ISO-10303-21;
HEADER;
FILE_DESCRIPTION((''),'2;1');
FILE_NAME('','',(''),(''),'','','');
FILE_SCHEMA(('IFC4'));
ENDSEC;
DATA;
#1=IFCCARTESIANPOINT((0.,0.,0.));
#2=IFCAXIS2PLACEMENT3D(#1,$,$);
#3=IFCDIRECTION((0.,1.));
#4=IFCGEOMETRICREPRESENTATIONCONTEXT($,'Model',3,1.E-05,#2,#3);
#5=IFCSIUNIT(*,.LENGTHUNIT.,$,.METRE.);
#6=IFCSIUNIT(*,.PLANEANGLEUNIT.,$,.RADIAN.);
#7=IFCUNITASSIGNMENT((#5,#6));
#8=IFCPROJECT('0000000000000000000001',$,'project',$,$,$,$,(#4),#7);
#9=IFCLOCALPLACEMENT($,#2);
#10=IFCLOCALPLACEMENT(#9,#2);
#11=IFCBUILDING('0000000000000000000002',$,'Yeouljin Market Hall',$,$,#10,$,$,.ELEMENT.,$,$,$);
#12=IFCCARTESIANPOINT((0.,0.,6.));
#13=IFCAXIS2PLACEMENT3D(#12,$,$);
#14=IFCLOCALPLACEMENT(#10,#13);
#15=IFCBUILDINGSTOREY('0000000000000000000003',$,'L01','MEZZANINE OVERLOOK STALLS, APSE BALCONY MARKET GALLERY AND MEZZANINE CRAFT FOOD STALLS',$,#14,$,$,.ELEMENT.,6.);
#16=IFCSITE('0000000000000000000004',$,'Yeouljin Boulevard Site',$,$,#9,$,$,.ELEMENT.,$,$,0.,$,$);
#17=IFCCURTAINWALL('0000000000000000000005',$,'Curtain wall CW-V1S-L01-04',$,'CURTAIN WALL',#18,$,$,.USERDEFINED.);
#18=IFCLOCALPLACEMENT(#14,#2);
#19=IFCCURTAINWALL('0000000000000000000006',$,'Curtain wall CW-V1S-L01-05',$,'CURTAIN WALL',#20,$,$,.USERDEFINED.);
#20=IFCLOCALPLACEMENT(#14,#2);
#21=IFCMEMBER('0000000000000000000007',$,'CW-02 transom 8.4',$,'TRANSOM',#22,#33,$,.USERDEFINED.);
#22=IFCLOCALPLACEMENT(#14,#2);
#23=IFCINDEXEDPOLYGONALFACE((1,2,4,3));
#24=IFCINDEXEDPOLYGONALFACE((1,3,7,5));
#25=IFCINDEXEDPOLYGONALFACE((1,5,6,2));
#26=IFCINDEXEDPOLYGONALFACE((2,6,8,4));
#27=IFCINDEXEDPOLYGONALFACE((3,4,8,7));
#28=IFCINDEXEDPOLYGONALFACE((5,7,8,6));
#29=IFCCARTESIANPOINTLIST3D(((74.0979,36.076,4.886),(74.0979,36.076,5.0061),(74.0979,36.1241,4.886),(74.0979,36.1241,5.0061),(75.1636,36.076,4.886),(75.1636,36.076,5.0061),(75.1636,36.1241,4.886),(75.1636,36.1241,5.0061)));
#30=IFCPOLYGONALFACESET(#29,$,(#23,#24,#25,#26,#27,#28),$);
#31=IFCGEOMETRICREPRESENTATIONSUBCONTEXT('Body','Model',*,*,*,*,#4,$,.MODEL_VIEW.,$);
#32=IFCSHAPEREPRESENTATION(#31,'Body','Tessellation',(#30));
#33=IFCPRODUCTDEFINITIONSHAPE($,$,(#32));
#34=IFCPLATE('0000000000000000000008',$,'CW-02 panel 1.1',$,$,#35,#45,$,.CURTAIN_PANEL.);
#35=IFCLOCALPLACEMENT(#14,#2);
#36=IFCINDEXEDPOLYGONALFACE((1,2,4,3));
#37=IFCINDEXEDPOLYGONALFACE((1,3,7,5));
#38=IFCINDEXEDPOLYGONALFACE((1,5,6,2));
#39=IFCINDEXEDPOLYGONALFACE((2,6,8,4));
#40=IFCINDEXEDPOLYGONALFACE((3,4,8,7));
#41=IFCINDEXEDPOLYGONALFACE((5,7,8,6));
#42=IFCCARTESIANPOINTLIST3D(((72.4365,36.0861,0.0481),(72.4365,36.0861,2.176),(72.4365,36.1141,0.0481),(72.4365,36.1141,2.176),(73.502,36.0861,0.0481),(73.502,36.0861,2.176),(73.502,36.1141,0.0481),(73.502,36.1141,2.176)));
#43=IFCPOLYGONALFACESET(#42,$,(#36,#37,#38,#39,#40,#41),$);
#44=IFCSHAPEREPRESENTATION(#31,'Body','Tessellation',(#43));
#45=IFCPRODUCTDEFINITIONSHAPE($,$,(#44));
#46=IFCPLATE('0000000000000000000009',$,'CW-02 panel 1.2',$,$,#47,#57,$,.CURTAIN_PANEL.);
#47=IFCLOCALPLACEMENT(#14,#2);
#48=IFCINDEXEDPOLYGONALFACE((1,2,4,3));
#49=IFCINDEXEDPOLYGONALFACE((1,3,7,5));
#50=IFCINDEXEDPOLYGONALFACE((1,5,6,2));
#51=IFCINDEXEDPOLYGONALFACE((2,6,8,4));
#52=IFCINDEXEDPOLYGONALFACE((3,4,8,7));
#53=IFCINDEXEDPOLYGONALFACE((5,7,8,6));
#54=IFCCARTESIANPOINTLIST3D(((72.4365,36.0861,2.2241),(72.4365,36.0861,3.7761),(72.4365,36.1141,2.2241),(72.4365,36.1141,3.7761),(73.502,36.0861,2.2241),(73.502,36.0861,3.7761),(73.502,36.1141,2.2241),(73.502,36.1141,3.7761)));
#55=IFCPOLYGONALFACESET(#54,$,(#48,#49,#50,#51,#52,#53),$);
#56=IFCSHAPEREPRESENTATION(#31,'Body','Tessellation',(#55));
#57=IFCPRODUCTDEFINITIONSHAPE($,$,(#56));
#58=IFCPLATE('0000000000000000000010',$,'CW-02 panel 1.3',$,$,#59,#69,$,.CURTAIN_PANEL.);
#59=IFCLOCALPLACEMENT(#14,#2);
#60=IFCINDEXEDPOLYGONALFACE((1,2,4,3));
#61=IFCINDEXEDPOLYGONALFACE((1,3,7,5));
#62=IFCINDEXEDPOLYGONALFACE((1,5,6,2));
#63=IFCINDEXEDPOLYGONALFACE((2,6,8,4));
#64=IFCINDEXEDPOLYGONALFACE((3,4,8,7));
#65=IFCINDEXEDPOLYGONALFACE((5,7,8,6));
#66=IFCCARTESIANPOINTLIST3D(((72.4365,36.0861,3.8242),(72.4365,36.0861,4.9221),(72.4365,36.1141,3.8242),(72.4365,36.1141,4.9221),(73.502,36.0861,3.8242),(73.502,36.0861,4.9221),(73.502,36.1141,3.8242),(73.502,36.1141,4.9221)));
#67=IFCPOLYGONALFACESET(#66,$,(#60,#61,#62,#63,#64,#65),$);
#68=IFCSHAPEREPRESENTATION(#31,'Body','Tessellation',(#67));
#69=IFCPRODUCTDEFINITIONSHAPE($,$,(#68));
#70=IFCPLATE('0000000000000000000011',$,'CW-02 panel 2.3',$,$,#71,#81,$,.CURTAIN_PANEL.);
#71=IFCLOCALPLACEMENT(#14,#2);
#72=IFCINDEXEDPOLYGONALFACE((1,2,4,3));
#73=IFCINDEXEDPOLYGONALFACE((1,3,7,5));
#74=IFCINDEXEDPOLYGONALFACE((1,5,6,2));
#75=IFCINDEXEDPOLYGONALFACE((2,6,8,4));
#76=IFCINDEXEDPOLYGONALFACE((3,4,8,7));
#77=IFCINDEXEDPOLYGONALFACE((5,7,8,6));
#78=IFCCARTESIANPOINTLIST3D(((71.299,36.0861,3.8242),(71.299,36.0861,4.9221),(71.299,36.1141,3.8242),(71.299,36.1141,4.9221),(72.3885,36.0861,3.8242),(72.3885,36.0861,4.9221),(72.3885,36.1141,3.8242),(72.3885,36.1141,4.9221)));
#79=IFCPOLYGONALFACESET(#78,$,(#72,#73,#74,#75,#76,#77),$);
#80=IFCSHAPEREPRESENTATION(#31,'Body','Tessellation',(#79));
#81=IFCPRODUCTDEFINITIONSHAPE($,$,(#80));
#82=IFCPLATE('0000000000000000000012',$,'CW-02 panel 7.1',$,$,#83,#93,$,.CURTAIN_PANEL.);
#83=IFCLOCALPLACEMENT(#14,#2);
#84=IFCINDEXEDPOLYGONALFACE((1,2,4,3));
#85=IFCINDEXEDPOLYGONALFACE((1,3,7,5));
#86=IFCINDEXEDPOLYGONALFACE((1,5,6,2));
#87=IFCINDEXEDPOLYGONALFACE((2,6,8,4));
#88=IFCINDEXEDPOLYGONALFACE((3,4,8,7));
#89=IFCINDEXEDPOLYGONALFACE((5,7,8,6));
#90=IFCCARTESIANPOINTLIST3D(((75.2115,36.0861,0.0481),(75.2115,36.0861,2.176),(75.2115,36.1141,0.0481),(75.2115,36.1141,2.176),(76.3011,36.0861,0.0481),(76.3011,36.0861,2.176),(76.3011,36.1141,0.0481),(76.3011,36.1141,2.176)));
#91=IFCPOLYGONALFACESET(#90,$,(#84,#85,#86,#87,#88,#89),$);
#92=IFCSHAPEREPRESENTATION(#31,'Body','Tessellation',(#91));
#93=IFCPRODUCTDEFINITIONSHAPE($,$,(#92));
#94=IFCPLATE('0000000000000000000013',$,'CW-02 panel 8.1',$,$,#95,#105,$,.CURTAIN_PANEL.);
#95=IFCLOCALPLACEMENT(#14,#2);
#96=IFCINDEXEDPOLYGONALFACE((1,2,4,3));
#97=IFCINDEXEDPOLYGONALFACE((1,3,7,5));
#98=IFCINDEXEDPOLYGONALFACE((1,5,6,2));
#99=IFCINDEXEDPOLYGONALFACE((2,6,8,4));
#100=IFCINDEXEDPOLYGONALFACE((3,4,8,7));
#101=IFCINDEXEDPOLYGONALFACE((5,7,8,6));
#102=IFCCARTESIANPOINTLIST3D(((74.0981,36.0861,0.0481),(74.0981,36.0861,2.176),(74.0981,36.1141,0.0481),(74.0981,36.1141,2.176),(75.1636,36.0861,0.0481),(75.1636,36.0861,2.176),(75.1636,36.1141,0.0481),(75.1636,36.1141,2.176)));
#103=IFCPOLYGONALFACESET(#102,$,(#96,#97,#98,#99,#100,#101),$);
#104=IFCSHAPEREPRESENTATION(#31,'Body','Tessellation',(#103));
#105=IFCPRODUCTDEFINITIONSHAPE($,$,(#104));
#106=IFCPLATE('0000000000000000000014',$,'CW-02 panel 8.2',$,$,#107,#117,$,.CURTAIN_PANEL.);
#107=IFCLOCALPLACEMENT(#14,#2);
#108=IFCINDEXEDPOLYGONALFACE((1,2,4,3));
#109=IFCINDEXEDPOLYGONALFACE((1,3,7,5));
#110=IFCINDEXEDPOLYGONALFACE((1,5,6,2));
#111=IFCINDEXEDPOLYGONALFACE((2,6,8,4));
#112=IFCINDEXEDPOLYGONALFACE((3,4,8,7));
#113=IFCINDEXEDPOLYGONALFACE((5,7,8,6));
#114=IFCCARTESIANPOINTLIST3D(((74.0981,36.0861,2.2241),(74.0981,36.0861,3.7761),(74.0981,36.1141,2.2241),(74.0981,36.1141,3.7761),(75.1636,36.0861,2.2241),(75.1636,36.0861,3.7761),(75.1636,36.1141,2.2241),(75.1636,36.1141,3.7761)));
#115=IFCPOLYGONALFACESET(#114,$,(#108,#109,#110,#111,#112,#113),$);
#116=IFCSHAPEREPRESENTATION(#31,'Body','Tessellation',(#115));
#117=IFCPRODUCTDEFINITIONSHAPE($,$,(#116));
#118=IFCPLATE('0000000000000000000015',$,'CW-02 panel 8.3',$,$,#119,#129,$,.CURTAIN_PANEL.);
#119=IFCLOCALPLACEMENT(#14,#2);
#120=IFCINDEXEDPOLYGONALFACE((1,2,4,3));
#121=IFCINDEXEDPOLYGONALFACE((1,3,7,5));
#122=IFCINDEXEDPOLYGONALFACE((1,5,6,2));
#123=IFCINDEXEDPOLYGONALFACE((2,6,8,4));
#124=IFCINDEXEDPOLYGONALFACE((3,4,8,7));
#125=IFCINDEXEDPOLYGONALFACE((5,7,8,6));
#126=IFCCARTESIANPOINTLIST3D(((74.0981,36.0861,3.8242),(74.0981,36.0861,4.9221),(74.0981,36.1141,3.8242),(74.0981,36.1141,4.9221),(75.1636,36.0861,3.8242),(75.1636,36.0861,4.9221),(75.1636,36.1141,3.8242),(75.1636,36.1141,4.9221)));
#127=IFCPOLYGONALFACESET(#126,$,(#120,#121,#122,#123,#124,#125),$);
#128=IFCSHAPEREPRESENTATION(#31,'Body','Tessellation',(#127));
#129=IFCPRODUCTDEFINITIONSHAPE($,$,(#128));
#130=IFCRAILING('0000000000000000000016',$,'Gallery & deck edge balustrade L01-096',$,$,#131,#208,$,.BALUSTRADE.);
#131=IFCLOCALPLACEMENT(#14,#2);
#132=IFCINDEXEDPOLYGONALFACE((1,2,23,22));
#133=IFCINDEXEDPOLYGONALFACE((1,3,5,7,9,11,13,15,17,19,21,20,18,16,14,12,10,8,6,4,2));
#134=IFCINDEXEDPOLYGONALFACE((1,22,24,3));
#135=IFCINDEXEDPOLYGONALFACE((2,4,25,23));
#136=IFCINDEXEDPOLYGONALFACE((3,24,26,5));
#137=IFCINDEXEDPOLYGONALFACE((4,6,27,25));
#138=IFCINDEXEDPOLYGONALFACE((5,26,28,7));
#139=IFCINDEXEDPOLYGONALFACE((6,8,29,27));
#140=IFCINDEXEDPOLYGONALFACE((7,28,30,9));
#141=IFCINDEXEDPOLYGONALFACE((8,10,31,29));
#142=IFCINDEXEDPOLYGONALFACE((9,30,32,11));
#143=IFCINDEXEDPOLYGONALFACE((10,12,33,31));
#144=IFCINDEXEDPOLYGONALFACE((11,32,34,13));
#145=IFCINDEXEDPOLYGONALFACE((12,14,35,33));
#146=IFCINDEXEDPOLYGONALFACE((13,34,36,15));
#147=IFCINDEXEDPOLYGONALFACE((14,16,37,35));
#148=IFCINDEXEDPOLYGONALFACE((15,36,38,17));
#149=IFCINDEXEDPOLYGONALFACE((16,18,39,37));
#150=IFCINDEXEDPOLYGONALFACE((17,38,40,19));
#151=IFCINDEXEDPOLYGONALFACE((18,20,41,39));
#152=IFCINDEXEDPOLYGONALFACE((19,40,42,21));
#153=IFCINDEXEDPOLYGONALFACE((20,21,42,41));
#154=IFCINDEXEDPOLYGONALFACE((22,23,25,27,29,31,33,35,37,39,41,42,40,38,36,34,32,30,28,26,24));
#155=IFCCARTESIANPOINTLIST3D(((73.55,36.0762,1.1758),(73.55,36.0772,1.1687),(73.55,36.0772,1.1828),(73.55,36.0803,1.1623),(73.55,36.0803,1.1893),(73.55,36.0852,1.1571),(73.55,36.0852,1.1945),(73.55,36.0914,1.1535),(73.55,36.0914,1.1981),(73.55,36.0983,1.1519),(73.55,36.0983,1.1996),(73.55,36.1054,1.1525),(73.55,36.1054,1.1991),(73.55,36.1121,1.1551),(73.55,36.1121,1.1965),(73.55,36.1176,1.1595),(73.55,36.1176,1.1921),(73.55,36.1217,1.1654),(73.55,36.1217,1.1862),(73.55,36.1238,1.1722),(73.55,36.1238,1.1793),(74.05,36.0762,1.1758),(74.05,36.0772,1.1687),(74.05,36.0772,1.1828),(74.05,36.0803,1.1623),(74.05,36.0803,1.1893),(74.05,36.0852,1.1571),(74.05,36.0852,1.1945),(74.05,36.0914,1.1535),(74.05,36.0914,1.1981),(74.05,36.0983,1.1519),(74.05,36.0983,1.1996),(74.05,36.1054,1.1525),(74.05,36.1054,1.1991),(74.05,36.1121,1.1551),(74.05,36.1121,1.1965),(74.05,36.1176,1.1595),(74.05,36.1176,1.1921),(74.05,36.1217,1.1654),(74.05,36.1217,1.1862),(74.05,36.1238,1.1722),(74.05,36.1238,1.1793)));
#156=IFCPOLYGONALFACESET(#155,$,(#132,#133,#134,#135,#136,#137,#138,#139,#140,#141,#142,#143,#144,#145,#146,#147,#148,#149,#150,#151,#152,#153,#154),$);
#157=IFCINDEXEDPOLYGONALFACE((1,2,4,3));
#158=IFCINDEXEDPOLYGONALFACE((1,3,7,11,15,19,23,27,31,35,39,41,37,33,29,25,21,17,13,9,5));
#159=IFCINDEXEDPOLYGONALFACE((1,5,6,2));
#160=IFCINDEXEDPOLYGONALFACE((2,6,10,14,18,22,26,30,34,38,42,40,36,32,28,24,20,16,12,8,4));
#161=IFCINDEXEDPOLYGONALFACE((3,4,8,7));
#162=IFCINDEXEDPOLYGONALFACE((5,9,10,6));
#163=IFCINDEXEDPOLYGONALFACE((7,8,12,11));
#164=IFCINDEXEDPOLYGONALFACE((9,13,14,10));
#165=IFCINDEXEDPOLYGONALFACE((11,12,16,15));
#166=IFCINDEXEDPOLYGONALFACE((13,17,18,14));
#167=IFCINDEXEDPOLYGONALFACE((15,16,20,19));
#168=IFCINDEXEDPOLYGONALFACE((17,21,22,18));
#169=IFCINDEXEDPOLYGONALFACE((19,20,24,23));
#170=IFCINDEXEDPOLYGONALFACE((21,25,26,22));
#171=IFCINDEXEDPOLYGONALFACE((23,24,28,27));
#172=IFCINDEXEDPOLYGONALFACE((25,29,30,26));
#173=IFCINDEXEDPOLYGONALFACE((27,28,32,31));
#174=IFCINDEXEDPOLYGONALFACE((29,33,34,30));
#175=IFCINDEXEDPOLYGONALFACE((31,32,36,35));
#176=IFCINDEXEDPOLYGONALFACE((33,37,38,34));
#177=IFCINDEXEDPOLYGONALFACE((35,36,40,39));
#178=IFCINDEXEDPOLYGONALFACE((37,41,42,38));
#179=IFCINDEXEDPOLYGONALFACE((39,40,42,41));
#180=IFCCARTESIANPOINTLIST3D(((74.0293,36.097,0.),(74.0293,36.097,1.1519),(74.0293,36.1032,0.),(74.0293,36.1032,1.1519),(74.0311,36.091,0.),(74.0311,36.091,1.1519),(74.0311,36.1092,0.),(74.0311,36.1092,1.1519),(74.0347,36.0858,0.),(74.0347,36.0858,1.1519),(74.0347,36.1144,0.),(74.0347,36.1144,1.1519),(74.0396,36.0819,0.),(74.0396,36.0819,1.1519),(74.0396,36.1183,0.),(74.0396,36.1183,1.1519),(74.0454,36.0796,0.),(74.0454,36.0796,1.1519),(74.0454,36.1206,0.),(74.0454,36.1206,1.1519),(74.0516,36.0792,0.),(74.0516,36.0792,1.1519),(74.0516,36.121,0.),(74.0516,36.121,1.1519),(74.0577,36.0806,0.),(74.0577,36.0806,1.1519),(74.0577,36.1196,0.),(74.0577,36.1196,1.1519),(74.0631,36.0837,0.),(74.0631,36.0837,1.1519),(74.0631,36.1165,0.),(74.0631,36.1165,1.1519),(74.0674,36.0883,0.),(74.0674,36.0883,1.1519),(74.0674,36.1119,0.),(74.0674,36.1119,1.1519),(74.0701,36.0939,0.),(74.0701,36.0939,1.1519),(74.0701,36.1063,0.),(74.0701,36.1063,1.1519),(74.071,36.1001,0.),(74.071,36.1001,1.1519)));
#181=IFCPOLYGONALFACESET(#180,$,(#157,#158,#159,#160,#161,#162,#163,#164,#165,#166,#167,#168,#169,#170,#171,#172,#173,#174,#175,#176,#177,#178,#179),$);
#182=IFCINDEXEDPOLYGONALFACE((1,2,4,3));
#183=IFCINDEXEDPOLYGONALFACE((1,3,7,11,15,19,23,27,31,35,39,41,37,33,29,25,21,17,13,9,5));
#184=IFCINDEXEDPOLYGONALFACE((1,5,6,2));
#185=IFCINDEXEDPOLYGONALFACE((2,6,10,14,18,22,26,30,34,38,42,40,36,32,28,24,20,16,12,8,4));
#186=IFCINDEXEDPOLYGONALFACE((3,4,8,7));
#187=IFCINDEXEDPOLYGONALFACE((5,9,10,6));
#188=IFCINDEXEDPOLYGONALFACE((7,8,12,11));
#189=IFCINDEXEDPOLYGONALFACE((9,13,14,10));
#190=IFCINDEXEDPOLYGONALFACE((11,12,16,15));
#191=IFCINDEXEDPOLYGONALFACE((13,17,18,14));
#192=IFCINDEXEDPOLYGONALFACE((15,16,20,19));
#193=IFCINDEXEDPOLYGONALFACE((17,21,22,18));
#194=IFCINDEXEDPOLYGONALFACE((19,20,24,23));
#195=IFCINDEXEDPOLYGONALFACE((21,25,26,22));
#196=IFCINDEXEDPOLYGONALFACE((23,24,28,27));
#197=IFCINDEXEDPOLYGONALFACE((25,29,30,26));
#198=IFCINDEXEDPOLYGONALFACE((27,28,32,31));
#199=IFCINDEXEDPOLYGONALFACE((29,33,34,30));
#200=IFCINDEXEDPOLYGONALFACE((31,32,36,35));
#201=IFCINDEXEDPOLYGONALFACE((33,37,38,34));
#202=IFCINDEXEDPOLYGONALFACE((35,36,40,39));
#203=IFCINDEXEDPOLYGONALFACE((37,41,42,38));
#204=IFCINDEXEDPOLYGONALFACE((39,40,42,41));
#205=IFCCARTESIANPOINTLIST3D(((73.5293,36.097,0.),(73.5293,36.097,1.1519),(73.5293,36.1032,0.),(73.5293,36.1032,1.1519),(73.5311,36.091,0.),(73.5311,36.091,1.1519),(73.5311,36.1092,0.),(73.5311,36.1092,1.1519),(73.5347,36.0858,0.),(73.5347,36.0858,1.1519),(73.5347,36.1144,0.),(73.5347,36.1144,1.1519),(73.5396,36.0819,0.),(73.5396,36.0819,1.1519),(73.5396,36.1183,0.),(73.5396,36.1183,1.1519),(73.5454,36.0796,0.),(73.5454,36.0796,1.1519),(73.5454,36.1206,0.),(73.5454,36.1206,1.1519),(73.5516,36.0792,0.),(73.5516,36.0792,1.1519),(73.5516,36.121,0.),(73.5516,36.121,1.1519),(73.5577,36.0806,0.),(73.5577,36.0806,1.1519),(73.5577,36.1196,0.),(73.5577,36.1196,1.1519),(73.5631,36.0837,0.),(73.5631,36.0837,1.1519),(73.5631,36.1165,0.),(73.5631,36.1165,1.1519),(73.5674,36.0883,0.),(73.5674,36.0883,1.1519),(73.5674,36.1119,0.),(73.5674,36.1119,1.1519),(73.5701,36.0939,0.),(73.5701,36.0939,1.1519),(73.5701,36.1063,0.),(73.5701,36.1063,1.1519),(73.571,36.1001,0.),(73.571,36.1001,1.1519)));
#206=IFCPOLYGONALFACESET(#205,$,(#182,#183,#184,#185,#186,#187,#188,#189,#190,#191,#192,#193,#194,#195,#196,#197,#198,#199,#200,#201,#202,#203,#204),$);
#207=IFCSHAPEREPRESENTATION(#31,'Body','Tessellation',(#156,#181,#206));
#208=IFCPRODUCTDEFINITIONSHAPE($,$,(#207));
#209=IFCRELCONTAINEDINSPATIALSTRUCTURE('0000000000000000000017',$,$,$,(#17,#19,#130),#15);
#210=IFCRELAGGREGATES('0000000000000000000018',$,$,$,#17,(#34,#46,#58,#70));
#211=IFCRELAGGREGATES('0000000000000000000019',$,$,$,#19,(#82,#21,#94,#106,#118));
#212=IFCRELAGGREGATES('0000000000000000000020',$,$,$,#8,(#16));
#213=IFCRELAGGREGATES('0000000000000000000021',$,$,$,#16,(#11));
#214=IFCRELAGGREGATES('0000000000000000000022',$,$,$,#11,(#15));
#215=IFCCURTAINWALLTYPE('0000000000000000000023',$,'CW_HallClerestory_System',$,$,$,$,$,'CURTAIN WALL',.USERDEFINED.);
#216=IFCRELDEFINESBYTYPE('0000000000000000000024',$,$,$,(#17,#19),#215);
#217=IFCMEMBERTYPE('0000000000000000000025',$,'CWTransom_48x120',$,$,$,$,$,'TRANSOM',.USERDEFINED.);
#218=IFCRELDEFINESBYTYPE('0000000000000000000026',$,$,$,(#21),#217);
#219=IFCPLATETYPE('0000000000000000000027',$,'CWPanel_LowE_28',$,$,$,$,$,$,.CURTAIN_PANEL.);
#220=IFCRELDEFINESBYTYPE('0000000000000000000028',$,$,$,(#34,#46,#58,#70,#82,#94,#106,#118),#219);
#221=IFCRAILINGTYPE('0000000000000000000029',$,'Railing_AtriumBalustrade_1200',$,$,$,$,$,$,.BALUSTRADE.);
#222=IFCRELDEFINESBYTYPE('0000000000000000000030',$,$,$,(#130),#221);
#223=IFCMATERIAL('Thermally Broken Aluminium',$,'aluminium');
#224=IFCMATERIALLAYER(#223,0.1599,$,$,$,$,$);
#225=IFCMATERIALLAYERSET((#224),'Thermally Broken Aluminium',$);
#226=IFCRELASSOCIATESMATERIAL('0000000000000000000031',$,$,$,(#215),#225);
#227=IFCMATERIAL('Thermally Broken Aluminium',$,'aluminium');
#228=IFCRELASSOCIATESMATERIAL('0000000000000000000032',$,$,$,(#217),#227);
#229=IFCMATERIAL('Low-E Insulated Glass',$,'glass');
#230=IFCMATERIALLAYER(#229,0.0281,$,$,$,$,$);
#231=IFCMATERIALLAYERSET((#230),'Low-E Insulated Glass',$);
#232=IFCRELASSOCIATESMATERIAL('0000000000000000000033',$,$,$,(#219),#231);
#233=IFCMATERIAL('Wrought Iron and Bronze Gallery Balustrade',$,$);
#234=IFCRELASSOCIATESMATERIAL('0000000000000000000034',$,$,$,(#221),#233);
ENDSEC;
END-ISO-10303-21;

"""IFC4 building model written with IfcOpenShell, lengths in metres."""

from ifc_helpers import new_model, si_unit, direction, frame, origin, origin_2d, place, context, subcontext, project, spatial, rectangle, circle, extrude, material, layer, layer_set, material_profile, profile_set, type_object, element, aggregate, save


model = new_model("IFC4")

# Units and contexts
model_context = context("Model", 3, precision=1e-05, world=origin(), true_north=direction((0.0, 1.0)))
body_context = subcontext(model_context, "Body", "Model", "MODEL_VIEW")
ifc_project = project(units=[si_unit("LENGTHUNIT", "METRE"), si_unit("PLANEANGLEUNIT", "RADIAN")], contexts=[model_context])

# Site, building, storey
site_placement = place(None, origin())
site = spatial("IfcSite", under=ifc_project, at=site_placement, Name="Yeouljin Boulevard Site", CompositionType="ELEMENT", RefElevation=0.0)
building_placement = place(site_placement, origin())
building = spatial("IfcBuilding", under=site, at=building_placement, Name="Yeouljin Market Hall", CompositionType="ELEMENT")
storey_placement = place(building_placement, frame((0.0, 0.0, 6.0)))
storey = spatial("IfcBuildingStorey", under=building, at=storey_placement, Name="L01", Description="MEZZANINE OVERLOOK STALLS, APSE BALCONY MARKET GALLERY AND MEZZANINE CRAFT FOOD STALLS", CompositionType="ELEMENT", Elevation=6.0)

# Curtain walls
ifc_material_1 = material(Name="Thermally Broken Aluminium", Category="aluminium")
ifc_layer_1 = layer(ifc_material_1, 0.1599)
ifc_layer_set_1 = layer_set([ifc_layer_1], Name="Thermally Broken Aluminium")
curtain_wall_type = type_object("IfcCurtainWallType", Name="CW_HallClerestory_System", ElementType="CURTAIN WALL", PredefinedType="USERDEFINED", material=ifc_layer_set_1)
curtain_wall_1_placement = place(storey_placement, origin())
curtain_wall_1 = element("IfcCurtainWall", 1, at=curtain_wall_1_placement, inside=storey, type_object=curtain_wall_type, Name="Curtain wall CW-V1S-L01-04", ObjectType="CURTAIN WALL", PredefinedType="USERDEFINED")
curtain_wall_2_placement = place(storey_placement, origin())
curtain_wall_2 = element("IfcCurtainWall", 2, at=curtain_wall_2_placement, inside=storey, type_object=curtain_wall_type, Name="Curtain wall CW-V1S-L01-05", ObjectType="CURTAIN WALL", PredefinedType="USERDEFINED")

# Member
ifc_material_2 = material(Name="Thermally Broken Aluminium", Category="aluminium")
ifc_material_profile_1 = material_profile(ifc_material_2, rectangle(XDim=0.0481, YDim=0.1201, at=origin_2d()), Name="CW-TRAN-48x120")
ifc_profile_set_1 = profile_set([ifc_material_profile_1], Name="Thermally Broken Aluminium")
member_type_1 = type_object("IfcMemberType", Name="CWTransom_48x120", ElementType="TRANSOM", PredefinedType="USERDEFINED", material=ifc_profile_set_1)
member_1_placement = place(storey_placement, frame((75.1636, 36.1001, 4.946), z_axis=(-1.0, 0.0, 0.0), x_axis=(0.0, -1.0, 0.0)))
member_1 = element("IfcMember", 3, at=member_1_placement, type_object=member_type_1, Name="CW-02 transom 8.4", ObjectType="TRANSOM", PredefinedType="USERDEFINED", context=body_context, shape_type="SweptSolid", body=[
    extrude(rectangle(XDim=0.0481, YDim=0.1201, at=origin_2d()), origin(), (0.0, 0.0, 1.0), 1.0657),
])

# Plates
ifc_material_3 = material(Name="Low-E Insulated Glass", Category="glass")
ifc_layer_2 = layer(ifc_material_3, 0.0281)
ifc_layer_set_2 = layer_set([ifc_layer_2], Name="Low-E Insulated Glass")
plate_type = type_object("IfcPlateType", Name="CWPanel_LowE_28", PredefinedType="CURTAIN_PANEL", material=ifc_layer_set_2)
plate_1_placement = place(storey_placement, frame((72.9692, 36.1001, 0.0481), z_axis=(0.0, 0.0, 1.0), x_axis=(-1.0, 0.0, 0.0)))
plate_1 = element("IfcPlate", 4, at=plate_1_placement, type_object=plate_type, Name="CW-02 panel 1.1", PredefinedType="CURTAIN_PANEL", context=body_context, shape_type="SweptSolid", body=[
    extrude(rectangle(XDim=1.0654, YDim=0.0281, at=origin_2d()), origin(), (0.0, 0.0, 1.0), 2.1279),
])
plate_2_placement = place(storey_placement, frame((72.9692, 36.1001, 2.2241), z_axis=(0.0, 0.0, 1.0), x_axis=(-1.0, 0.0, 0.0)))
plate_2 = element("IfcPlate", 5, at=plate_2_placement, type_object=plate_type, Name="CW-02 panel 1.2", PredefinedType="CURTAIN_PANEL", context=body_context, shape_type="SweptSolid", body=[
    extrude(rectangle(XDim=1.0654, YDim=0.0281, at=origin_2d()), origin(), (0.0, 0.0, 1.0), 1.552),
])
plate_3_placement = place(storey_placement, frame((72.9692, 36.1001, 3.8242), z_axis=(0.0, 0.0, 1.0), x_axis=(-1.0, 0.0, 0.0)))
plate_3 = element("IfcPlate", 6, at=plate_3_placement, type_object=plate_type, Name="CW-02 panel 1.3", PredefinedType="CURTAIN_PANEL", context=body_context, shape_type="SweptSolid", body=[
    extrude(rectangle(XDim=1.0654, YDim=0.0281, at=origin_2d()), origin(), (0.0, 0.0, 1.0), 1.0979),
])
plate_4_placement = place(storey_placement, frame((71.8438, 36.1001, 3.8242), z_axis=(0.0, 0.0, 1.0), x_axis=(-1.0, 0.0, 0.0)))
plate_4 = element("IfcPlate", 7, at=plate_4_placement, type_object=plate_type, Name="CW-02 panel 2.3", PredefinedType="CURTAIN_PANEL", context=body_context, shape_type="SweptSolid", body=[
    extrude(rectangle(XDim=1.0896, YDim=0.0281, at=origin_2d()), origin(), (0.0, 0.0, 1.0), 1.0979),
])
aggregate(curtain_wall_1, [plate_1, plate_2, plate_3, plate_4])
plate_5_placement = place(storey_placement, frame((75.7563, 36.1001, 0.0481), z_axis=(0.0, 0.0, 1.0), x_axis=(-1.0, 0.0, 0.0)))
plate_5 = element("IfcPlate", 8, at=plate_5_placement, type_object=plate_type, Name="CW-02 panel 7.1", PredefinedType="CURTAIN_PANEL", context=body_context, shape_type="SweptSolid", body=[
    extrude(rectangle(XDim=1.0896, YDim=0.0281, at=origin_2d()), origin(), (0.0, 0.0, 1.0), 2.1279),
])
plate_6_placement = place(storey_placement, frame((74.6309, 36.1001, 0.0481), z_axis=(0.0, 0.0, 1.0), x_axis=(-1.0, 0.0, 0.0)))
plate_6 = element("IfcPlate", 9, at=plate_6_placement, type_object=plate_type, Name="CW-02 panel 8.1", PredefinedType="CURTAIN_PANEL", context=body_context, shape_type="SweptSolid", body=[
    extrude(rectangle(XDim=1.0654, YDim=0.0281, at=origin_2d()), origin(), (0.0, 0.0, 1.0), 2.1279),
])
plate_7_placement = place(storey_placement, frame((74.6309, 36.1001, 2.2241), z_axis=(0.0, 0.0, 1.0), x_axis=(-1.0, 0.0, 0.0)))
plate_7 = element("IfcPlate", 10, at=plate_7_placement, type_object=plate_type, Name="CW-02 panel 8.2", PredefinedType="CURTAIN_PANEL", context=body_context, shape_type="SweptSolid", body=[
    extrude(rectangle(XDim=1.0654, YDim=0.0281, at=origin_2d()), origin(), (0.0, 0.0, 1.0), 1.552),
])
plate_8_placement = place(storey_placement, frame((74.6309, 36.1001, 3.8242), z_axis=(0.0, 0.0, 1.0), x_axis=(-1.0, 0.0, 0.0)))
plate_8 = element("IfcPlate", 11, at=plate_8_placement, type_object=plate_type, Name="CW-02 panel 8.3", PredefinedType="CURTAIN_PANEL", context=body_context, shape_type="SweptSolid", body=[
    extrude(rectangle(XDim=1.0654, YDim=0.0281, at=origin_2d()), origin(), (0.0, 0.0, 1.0), 1.0979),
])
aggregate(curtain_wall_2, [plate_5, member_1, plate_6, plate_7, plate_8])

# Railing
ifc_material_4 = material(Name="Wrought Iron and Bronze Gallery Balustrade")
railing_type = type_object("IfcRailingType", Name="Railing_AtriumBalustrade_1200", PredefinedType="BALUSTRADE", material=ifc_material_4)
railing_placement = place(storey_placement, frame((74.05, 36.1001, 0.0)))
element("IfcRailing", 12, at=railing_placement, inside=storey, type_object=railing_type, Name="Gallery & deck edge balustrade L01-096", PredefinedType="BALUSTRADE", context=body_context, shape_type="SweptSolid", body=[
    extrude(circle(Radius=0.0239, at=origin_2d()), frame((0.0, 0.0, 1.1758), z_axis=(-1.0, 0.0, 0.0), x_axis=(0.0, -1.0, 0.0)), (0.0, 0.0, 1.0), 0.5),
    extrude(circle(Radius=0.021, at=origin_2d()), origin(), (0.0, 0.0, 1.0), 1.1519),
    extrude(circle(Radius=0.021, at=origin_2d()), frame((-0.5, 0.0, 0.0)), (0.0, 0.0, 1.0), 1.1519),
])

save(model, "model.ifc")
